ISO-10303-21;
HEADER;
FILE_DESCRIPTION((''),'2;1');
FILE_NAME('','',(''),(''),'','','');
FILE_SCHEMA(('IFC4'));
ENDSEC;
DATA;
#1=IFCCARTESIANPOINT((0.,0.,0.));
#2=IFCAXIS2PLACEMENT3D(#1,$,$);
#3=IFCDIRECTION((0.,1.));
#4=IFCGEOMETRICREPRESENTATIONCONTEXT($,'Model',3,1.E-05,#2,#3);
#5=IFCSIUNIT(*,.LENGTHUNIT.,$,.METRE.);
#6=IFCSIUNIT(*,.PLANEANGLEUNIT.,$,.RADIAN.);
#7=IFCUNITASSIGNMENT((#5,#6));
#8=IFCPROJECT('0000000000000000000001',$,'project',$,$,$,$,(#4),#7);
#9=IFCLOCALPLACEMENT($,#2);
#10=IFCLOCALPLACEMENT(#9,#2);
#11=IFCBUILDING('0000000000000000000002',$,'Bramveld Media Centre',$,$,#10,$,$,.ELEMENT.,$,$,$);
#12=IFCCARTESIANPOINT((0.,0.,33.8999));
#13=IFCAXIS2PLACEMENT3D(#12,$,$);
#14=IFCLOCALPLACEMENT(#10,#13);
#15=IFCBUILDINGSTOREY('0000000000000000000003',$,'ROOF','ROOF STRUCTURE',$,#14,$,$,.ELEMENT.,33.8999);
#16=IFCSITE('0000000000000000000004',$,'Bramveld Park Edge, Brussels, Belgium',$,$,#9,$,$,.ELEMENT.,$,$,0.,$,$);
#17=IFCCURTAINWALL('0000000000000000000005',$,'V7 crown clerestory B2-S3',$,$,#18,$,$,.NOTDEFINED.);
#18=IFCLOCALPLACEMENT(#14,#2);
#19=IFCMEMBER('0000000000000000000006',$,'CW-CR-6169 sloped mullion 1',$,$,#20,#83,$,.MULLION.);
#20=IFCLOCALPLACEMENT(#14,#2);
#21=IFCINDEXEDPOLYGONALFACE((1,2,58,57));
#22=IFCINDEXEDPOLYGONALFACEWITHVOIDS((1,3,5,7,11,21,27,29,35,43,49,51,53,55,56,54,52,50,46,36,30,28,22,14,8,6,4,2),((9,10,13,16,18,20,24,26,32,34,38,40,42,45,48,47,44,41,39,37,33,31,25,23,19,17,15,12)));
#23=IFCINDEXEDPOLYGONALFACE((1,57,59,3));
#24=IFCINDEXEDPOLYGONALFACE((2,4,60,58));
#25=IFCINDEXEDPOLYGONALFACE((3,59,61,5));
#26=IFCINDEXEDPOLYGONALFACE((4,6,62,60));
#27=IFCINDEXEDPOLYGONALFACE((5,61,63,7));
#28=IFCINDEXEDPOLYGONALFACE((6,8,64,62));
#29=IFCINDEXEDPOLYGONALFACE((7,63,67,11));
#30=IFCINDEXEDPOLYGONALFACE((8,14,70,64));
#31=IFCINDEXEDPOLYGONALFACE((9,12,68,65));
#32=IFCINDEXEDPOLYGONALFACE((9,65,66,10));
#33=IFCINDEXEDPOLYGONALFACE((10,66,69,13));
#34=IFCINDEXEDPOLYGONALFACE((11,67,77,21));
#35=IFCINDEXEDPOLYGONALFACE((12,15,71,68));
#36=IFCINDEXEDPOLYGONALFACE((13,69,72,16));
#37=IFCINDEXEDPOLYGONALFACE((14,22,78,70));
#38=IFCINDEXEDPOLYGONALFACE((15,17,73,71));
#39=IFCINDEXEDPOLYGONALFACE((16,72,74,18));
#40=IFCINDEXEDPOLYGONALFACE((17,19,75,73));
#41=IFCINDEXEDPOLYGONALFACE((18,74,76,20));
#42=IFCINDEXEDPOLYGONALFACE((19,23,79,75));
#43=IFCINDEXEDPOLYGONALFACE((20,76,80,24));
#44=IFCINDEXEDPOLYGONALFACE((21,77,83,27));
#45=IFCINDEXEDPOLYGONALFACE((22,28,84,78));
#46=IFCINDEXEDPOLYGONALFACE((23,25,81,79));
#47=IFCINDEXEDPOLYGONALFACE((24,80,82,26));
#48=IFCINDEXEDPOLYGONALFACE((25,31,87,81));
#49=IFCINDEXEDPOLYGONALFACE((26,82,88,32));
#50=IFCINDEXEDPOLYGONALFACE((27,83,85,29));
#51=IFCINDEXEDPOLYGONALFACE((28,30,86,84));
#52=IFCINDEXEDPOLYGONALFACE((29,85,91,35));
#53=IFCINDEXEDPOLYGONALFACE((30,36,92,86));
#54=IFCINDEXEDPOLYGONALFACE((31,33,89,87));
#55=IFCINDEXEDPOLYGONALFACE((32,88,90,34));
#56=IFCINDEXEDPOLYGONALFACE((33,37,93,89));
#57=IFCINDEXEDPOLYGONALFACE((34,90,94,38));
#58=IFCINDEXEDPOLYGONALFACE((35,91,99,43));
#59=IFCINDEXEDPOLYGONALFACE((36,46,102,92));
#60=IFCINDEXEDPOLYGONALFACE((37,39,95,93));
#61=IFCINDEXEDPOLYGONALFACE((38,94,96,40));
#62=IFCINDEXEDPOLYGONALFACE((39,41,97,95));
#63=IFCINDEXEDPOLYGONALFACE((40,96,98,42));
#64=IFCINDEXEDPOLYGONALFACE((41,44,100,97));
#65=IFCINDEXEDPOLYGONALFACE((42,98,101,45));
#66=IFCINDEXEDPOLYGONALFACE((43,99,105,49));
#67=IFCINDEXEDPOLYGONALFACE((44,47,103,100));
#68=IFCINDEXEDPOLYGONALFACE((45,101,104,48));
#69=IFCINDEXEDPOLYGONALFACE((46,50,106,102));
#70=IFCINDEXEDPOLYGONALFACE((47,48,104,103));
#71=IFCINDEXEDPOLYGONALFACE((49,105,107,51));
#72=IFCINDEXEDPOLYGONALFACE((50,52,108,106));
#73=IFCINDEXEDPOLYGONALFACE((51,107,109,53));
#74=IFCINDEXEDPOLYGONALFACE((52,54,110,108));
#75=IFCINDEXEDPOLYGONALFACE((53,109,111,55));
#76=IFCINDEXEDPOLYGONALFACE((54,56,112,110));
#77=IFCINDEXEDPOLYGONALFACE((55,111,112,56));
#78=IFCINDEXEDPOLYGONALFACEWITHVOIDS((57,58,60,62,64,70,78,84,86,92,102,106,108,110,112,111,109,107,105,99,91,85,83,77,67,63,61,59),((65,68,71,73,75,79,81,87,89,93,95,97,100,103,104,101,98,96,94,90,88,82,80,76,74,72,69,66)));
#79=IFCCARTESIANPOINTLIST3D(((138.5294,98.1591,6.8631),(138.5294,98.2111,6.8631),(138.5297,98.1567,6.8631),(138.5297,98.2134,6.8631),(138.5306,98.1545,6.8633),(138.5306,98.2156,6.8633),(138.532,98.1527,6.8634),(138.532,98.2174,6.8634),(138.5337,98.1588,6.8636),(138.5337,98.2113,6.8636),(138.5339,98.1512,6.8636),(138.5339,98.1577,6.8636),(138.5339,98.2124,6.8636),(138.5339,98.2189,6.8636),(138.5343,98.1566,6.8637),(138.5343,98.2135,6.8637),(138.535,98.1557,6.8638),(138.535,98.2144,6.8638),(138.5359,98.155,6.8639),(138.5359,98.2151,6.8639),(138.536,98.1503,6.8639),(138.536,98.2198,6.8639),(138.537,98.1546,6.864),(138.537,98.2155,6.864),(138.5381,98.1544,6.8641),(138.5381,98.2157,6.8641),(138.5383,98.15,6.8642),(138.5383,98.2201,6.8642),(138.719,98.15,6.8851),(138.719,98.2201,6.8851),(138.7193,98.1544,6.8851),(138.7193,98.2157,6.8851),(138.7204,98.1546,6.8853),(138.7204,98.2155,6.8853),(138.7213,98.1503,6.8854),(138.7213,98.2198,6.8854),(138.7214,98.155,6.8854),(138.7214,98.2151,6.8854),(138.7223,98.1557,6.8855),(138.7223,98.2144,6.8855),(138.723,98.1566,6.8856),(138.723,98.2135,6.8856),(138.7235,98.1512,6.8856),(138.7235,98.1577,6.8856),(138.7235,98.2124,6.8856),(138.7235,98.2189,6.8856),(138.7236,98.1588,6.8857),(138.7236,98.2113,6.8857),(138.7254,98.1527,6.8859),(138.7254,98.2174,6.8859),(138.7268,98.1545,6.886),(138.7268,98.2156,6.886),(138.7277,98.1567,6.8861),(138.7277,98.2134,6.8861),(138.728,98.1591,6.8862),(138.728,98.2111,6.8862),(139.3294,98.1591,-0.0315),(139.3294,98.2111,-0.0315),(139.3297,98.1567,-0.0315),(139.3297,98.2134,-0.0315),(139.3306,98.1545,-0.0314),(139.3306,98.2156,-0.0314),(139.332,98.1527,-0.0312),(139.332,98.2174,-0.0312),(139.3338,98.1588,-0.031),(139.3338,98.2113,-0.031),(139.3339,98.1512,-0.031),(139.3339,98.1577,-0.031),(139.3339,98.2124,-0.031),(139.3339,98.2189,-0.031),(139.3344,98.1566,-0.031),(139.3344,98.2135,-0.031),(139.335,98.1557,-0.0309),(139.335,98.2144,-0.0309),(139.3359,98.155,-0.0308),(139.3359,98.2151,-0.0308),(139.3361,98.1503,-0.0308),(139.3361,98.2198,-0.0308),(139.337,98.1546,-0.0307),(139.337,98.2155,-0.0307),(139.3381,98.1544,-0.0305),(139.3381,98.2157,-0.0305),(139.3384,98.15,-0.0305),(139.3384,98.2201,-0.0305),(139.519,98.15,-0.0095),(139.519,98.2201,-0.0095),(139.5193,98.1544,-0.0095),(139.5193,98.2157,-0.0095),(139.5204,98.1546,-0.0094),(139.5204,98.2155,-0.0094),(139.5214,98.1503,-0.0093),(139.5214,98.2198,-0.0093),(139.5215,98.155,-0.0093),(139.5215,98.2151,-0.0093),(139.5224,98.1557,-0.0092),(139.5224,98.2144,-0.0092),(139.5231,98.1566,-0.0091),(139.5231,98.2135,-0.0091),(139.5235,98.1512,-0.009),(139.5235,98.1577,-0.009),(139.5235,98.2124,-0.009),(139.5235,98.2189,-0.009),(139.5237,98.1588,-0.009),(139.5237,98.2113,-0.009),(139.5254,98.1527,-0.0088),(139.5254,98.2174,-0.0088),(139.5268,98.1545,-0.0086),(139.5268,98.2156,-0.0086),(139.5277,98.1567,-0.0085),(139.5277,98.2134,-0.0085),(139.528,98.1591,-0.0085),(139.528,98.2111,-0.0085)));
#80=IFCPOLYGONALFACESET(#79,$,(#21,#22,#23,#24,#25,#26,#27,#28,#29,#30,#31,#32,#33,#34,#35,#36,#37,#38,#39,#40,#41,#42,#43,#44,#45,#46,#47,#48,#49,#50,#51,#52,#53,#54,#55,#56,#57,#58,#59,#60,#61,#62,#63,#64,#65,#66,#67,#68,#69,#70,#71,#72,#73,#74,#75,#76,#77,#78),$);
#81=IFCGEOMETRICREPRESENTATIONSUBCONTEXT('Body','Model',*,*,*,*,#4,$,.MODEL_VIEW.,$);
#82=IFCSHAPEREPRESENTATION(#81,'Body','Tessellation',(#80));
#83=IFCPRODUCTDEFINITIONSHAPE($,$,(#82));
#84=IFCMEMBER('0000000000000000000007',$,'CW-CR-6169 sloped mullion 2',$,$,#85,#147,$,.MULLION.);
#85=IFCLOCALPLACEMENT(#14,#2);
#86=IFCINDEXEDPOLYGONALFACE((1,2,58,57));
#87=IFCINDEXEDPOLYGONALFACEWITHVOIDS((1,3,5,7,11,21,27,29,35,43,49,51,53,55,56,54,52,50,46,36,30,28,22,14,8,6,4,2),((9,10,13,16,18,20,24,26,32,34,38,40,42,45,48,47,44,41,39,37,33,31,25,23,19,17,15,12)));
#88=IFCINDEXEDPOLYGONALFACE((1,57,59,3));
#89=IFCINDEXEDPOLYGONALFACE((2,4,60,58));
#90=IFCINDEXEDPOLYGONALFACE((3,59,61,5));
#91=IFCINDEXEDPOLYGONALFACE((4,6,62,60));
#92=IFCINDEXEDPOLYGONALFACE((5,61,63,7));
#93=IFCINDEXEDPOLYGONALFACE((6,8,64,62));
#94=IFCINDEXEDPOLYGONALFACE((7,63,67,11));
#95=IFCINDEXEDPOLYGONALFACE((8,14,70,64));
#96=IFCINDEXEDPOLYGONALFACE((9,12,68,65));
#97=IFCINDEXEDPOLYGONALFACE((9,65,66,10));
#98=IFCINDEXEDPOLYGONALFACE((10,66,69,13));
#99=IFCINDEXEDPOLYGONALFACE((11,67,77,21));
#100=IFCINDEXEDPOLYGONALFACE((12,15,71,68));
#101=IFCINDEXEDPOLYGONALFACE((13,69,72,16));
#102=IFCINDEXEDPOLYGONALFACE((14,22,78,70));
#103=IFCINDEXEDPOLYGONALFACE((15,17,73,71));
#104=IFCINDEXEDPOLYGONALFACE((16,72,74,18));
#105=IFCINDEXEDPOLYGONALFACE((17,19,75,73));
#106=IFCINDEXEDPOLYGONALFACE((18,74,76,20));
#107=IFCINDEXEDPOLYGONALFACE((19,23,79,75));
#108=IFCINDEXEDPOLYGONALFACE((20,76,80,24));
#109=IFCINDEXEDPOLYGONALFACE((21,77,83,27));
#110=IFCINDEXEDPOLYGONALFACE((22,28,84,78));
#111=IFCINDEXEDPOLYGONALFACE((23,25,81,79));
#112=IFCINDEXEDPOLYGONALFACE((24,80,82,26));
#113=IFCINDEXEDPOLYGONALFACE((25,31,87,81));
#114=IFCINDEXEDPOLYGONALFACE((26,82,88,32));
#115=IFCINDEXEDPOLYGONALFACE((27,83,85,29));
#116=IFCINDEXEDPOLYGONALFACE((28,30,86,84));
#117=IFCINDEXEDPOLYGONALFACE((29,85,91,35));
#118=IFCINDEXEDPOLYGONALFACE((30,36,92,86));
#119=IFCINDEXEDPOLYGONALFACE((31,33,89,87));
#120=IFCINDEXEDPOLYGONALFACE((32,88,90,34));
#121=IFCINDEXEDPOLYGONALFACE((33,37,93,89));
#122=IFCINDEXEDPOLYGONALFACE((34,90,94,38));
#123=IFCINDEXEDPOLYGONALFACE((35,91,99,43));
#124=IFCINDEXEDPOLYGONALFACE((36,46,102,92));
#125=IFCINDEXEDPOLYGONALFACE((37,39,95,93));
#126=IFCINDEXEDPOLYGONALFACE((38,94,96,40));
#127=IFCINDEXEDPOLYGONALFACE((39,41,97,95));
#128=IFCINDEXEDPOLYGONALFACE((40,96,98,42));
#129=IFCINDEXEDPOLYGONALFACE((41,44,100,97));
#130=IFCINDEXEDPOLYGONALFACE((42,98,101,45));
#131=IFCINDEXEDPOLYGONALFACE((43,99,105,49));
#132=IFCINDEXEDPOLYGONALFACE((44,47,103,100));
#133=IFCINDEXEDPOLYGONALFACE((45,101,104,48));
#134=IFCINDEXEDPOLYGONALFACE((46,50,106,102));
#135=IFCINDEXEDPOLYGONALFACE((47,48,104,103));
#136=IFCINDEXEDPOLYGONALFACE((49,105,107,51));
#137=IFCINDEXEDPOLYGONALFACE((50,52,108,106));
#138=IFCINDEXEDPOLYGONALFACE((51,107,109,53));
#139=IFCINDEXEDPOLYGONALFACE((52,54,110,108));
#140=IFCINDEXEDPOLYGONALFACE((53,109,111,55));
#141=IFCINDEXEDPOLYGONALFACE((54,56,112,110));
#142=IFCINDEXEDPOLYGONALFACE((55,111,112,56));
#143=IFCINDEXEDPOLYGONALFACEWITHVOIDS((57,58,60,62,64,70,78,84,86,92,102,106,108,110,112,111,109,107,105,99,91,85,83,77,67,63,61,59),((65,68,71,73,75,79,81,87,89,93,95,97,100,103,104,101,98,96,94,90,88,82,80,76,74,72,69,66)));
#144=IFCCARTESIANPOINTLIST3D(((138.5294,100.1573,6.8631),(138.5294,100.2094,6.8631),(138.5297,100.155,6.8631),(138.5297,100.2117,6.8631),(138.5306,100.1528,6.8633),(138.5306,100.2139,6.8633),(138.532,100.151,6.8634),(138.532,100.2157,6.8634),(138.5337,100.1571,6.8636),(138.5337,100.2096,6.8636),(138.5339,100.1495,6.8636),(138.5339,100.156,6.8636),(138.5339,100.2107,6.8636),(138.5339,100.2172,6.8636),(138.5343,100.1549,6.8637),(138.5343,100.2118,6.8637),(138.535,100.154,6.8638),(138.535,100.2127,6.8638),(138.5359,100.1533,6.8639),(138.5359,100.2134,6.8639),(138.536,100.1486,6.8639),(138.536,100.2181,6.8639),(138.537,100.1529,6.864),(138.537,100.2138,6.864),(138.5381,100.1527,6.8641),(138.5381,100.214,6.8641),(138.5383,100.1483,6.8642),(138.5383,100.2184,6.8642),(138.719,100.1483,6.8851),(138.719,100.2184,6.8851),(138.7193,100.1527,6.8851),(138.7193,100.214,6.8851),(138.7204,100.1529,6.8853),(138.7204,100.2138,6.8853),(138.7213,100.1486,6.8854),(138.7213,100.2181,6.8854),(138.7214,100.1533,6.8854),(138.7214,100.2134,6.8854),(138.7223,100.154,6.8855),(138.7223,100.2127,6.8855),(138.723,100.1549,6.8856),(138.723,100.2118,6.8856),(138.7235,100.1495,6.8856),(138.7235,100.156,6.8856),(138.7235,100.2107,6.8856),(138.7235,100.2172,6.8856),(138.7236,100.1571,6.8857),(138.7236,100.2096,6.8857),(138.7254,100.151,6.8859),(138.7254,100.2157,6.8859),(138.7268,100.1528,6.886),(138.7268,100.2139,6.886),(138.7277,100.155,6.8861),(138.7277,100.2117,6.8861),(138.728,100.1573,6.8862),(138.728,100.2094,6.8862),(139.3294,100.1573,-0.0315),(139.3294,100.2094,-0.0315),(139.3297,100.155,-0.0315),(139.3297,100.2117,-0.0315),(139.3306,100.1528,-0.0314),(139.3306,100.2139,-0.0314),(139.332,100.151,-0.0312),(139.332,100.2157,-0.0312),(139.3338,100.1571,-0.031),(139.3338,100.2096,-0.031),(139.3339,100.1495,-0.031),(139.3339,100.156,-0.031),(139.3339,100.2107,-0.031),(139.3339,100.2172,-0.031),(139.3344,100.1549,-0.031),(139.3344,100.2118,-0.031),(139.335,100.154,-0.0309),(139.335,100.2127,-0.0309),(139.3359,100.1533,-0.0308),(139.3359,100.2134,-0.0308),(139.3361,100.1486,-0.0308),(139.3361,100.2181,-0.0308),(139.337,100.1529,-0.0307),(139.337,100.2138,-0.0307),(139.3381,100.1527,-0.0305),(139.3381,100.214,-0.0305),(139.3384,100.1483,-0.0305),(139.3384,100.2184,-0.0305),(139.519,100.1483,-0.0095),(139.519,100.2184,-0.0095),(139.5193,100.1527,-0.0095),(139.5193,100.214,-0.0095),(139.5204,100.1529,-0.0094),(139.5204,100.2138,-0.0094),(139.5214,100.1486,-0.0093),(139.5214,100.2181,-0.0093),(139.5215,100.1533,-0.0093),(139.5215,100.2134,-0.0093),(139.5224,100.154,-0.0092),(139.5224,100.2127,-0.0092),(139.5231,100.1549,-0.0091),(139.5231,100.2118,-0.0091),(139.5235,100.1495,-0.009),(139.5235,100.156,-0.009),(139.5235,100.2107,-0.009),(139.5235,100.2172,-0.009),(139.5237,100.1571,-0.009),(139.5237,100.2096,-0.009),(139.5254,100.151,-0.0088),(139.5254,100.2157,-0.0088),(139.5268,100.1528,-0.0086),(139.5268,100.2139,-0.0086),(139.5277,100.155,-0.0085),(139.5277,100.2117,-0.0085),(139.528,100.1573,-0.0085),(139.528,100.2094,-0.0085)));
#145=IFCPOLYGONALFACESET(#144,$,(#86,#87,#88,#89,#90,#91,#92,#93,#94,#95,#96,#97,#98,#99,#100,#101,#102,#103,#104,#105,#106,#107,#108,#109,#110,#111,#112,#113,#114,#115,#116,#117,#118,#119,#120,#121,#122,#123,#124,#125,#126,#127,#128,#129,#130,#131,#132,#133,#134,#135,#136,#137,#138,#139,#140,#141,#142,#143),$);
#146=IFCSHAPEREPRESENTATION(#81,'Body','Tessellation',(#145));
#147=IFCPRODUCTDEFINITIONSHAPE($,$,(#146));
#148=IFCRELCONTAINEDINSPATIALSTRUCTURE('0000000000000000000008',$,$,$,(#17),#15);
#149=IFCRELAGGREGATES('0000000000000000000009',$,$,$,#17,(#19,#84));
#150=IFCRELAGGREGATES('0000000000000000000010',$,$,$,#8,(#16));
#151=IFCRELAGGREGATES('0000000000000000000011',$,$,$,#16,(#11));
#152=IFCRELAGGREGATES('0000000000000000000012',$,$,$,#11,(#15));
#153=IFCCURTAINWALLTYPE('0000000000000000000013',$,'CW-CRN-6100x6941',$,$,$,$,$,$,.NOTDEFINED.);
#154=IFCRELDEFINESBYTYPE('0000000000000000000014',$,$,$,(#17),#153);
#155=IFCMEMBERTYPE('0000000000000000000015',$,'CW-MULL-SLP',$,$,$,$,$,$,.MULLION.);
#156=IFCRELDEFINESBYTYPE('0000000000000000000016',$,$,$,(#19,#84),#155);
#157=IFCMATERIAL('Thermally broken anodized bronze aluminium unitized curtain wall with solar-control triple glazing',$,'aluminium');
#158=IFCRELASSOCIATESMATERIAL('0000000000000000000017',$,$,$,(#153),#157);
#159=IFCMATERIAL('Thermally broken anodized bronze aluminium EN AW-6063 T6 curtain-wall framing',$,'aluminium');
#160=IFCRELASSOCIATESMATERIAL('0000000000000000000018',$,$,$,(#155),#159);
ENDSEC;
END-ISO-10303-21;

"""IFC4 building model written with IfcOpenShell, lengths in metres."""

from ifc_helpers import new_model, si_unit, direction, frame, origin, origin_2d, place, context, subcontext, project, spatial, hollow_rectangle, extrude, material, material_profile, profile_set, type_object, element, aggregate, save


model = new_model("IFC4")

# Units and contexts
model_context = context("Model", 3, precision=1e-05, world=origin(), true_north=direction((0.0, 1.0)))
body_context = subcontext(model_context, "Body", "Model", "MODEL_VIEW")
ifc_project = project(units=[si_unit("LENGTHUNIT", "METRE"), si_unit("PLANEANGLEUNIT", "RADIAN")], contexts=[model_context])

# Site, building, storey
site_placement = place(None, origin())
site = spatial("IfcSite", under=ifc_project, at=site_placement, Name="Bramveld Park Edge, Brussels, Belgium", CompositionType="ELEMENT", RefElevation=0.0)
building_placement = place(site_placement, origin())
building = spatial("IfcBuilding", under=site, at=building_placement, Name="Bramveld Media Centre", CompositionType="ELEMENT")
storey_placement = place(building_placement, frame((0.0, 0.0, 33.8999)))
storey = spatial("IfcBuildingStorey", under=building, at=storey_placement, Name="ROOF", Description="ROOF STRUCTURE", CompositionType="ELEMENT", Elevation=33.8999)

# Curtain wall, members
ifc_material_1 = material(Name="Thermally broken anodized bronze aluminium unitized curtain wall with solar-control triple glazing", Category="aluminium")
curtain_wall_type = type_object("IfcCurtainWallType", Name="CW-CRN-6100x6941", PredefinedType="NOTDEFINED", material=ifc_material_1)
curtain_wall_1_placement = place(storey_placement, origin())
curtain_wall_1 = element("IfcCurtainWall", 1, at=curtain_wall_1_placement, inside=storey, type_object=curtain_wall_type, Name="V7 crown clerestory B2-S3", PredefinedType="NOTDEFINED")
ifc_material_2 = material(Name="Thermally broken anodized bronze aluminium EN AW-6063 T6 curtain-wall framing", Category="aluminium")
ifc_material_profile_1 = material_profile(ifc_material_2, hollow_rectangle(XDim=0.0701, YDim=0.2, WallThickness=0.0044, InnerFilletRadius=0.0044, OuterFilletRadius=0.009, at=origin_2d()), Name="AL-MULL 70x200")
ifc_profile_set_1 = profile_set([ifc_material_profile_1], Name="Thermally broken anodized bronze aluminium EN AW-6063 T6 curtain-wall framing")
member_type_1 = type_object("IfcMemberType", Name="CW-MULL-SLP", PredefinedType="MULLION", material=ifc_profile_set_1)
member_1_placement = place(storey_placement, frame((139.4287, 98.1851, -0.02), z_axis=(-0.115264, 0.0, 0.993335), x_axis=(0.0, -1.0, 0.0)))
member_1 = element("IfcMember", 2, at=member_1_placement, type_object=member_type_1, Name="CW-CR-6169 sloped mullion 1", PredefinedType="MULLION", context=body_context, shape_type="SweptSolid", body=[
    extrude(hollow_rectangle(XDim=0.0701, YDim=0.2, WallThickness=0.0044, InnerFilletRadius=0.0044, OuterFilletRadius=0.009, at=origin_2d()), origin(), (0.0, 0.0, 1.0), 6.9409),
])
member_2_placement = place(storey_placement, frame((139.4287, 100.1833, -0.02), z_axis=(-0.115264, 0.0, 0.993335), x_axis=(0.0, -1.0, 0.0)))
member_2 = element("IfcMember", 3, at=member_2_placement, type_object=member_type_1, Name="CW-CR-6169 sloped mullion 2", PredefinedType="MULLION", context=body_context, shape_type="SweptSolid", body=[
    extrude(hollow_rectangle(XDim=0.0701, YDim=0.2, WallThickness=0.0044, InnerFilletRadius=0.0044, OuterFilletRadius=0.009, at=origin_2d()), origin(), (0.0, 0.0, 1.0), 6.9409),
])
aggregate(curtain_wall_1, [member_1, member_2])

save(model, "model.ifc")
